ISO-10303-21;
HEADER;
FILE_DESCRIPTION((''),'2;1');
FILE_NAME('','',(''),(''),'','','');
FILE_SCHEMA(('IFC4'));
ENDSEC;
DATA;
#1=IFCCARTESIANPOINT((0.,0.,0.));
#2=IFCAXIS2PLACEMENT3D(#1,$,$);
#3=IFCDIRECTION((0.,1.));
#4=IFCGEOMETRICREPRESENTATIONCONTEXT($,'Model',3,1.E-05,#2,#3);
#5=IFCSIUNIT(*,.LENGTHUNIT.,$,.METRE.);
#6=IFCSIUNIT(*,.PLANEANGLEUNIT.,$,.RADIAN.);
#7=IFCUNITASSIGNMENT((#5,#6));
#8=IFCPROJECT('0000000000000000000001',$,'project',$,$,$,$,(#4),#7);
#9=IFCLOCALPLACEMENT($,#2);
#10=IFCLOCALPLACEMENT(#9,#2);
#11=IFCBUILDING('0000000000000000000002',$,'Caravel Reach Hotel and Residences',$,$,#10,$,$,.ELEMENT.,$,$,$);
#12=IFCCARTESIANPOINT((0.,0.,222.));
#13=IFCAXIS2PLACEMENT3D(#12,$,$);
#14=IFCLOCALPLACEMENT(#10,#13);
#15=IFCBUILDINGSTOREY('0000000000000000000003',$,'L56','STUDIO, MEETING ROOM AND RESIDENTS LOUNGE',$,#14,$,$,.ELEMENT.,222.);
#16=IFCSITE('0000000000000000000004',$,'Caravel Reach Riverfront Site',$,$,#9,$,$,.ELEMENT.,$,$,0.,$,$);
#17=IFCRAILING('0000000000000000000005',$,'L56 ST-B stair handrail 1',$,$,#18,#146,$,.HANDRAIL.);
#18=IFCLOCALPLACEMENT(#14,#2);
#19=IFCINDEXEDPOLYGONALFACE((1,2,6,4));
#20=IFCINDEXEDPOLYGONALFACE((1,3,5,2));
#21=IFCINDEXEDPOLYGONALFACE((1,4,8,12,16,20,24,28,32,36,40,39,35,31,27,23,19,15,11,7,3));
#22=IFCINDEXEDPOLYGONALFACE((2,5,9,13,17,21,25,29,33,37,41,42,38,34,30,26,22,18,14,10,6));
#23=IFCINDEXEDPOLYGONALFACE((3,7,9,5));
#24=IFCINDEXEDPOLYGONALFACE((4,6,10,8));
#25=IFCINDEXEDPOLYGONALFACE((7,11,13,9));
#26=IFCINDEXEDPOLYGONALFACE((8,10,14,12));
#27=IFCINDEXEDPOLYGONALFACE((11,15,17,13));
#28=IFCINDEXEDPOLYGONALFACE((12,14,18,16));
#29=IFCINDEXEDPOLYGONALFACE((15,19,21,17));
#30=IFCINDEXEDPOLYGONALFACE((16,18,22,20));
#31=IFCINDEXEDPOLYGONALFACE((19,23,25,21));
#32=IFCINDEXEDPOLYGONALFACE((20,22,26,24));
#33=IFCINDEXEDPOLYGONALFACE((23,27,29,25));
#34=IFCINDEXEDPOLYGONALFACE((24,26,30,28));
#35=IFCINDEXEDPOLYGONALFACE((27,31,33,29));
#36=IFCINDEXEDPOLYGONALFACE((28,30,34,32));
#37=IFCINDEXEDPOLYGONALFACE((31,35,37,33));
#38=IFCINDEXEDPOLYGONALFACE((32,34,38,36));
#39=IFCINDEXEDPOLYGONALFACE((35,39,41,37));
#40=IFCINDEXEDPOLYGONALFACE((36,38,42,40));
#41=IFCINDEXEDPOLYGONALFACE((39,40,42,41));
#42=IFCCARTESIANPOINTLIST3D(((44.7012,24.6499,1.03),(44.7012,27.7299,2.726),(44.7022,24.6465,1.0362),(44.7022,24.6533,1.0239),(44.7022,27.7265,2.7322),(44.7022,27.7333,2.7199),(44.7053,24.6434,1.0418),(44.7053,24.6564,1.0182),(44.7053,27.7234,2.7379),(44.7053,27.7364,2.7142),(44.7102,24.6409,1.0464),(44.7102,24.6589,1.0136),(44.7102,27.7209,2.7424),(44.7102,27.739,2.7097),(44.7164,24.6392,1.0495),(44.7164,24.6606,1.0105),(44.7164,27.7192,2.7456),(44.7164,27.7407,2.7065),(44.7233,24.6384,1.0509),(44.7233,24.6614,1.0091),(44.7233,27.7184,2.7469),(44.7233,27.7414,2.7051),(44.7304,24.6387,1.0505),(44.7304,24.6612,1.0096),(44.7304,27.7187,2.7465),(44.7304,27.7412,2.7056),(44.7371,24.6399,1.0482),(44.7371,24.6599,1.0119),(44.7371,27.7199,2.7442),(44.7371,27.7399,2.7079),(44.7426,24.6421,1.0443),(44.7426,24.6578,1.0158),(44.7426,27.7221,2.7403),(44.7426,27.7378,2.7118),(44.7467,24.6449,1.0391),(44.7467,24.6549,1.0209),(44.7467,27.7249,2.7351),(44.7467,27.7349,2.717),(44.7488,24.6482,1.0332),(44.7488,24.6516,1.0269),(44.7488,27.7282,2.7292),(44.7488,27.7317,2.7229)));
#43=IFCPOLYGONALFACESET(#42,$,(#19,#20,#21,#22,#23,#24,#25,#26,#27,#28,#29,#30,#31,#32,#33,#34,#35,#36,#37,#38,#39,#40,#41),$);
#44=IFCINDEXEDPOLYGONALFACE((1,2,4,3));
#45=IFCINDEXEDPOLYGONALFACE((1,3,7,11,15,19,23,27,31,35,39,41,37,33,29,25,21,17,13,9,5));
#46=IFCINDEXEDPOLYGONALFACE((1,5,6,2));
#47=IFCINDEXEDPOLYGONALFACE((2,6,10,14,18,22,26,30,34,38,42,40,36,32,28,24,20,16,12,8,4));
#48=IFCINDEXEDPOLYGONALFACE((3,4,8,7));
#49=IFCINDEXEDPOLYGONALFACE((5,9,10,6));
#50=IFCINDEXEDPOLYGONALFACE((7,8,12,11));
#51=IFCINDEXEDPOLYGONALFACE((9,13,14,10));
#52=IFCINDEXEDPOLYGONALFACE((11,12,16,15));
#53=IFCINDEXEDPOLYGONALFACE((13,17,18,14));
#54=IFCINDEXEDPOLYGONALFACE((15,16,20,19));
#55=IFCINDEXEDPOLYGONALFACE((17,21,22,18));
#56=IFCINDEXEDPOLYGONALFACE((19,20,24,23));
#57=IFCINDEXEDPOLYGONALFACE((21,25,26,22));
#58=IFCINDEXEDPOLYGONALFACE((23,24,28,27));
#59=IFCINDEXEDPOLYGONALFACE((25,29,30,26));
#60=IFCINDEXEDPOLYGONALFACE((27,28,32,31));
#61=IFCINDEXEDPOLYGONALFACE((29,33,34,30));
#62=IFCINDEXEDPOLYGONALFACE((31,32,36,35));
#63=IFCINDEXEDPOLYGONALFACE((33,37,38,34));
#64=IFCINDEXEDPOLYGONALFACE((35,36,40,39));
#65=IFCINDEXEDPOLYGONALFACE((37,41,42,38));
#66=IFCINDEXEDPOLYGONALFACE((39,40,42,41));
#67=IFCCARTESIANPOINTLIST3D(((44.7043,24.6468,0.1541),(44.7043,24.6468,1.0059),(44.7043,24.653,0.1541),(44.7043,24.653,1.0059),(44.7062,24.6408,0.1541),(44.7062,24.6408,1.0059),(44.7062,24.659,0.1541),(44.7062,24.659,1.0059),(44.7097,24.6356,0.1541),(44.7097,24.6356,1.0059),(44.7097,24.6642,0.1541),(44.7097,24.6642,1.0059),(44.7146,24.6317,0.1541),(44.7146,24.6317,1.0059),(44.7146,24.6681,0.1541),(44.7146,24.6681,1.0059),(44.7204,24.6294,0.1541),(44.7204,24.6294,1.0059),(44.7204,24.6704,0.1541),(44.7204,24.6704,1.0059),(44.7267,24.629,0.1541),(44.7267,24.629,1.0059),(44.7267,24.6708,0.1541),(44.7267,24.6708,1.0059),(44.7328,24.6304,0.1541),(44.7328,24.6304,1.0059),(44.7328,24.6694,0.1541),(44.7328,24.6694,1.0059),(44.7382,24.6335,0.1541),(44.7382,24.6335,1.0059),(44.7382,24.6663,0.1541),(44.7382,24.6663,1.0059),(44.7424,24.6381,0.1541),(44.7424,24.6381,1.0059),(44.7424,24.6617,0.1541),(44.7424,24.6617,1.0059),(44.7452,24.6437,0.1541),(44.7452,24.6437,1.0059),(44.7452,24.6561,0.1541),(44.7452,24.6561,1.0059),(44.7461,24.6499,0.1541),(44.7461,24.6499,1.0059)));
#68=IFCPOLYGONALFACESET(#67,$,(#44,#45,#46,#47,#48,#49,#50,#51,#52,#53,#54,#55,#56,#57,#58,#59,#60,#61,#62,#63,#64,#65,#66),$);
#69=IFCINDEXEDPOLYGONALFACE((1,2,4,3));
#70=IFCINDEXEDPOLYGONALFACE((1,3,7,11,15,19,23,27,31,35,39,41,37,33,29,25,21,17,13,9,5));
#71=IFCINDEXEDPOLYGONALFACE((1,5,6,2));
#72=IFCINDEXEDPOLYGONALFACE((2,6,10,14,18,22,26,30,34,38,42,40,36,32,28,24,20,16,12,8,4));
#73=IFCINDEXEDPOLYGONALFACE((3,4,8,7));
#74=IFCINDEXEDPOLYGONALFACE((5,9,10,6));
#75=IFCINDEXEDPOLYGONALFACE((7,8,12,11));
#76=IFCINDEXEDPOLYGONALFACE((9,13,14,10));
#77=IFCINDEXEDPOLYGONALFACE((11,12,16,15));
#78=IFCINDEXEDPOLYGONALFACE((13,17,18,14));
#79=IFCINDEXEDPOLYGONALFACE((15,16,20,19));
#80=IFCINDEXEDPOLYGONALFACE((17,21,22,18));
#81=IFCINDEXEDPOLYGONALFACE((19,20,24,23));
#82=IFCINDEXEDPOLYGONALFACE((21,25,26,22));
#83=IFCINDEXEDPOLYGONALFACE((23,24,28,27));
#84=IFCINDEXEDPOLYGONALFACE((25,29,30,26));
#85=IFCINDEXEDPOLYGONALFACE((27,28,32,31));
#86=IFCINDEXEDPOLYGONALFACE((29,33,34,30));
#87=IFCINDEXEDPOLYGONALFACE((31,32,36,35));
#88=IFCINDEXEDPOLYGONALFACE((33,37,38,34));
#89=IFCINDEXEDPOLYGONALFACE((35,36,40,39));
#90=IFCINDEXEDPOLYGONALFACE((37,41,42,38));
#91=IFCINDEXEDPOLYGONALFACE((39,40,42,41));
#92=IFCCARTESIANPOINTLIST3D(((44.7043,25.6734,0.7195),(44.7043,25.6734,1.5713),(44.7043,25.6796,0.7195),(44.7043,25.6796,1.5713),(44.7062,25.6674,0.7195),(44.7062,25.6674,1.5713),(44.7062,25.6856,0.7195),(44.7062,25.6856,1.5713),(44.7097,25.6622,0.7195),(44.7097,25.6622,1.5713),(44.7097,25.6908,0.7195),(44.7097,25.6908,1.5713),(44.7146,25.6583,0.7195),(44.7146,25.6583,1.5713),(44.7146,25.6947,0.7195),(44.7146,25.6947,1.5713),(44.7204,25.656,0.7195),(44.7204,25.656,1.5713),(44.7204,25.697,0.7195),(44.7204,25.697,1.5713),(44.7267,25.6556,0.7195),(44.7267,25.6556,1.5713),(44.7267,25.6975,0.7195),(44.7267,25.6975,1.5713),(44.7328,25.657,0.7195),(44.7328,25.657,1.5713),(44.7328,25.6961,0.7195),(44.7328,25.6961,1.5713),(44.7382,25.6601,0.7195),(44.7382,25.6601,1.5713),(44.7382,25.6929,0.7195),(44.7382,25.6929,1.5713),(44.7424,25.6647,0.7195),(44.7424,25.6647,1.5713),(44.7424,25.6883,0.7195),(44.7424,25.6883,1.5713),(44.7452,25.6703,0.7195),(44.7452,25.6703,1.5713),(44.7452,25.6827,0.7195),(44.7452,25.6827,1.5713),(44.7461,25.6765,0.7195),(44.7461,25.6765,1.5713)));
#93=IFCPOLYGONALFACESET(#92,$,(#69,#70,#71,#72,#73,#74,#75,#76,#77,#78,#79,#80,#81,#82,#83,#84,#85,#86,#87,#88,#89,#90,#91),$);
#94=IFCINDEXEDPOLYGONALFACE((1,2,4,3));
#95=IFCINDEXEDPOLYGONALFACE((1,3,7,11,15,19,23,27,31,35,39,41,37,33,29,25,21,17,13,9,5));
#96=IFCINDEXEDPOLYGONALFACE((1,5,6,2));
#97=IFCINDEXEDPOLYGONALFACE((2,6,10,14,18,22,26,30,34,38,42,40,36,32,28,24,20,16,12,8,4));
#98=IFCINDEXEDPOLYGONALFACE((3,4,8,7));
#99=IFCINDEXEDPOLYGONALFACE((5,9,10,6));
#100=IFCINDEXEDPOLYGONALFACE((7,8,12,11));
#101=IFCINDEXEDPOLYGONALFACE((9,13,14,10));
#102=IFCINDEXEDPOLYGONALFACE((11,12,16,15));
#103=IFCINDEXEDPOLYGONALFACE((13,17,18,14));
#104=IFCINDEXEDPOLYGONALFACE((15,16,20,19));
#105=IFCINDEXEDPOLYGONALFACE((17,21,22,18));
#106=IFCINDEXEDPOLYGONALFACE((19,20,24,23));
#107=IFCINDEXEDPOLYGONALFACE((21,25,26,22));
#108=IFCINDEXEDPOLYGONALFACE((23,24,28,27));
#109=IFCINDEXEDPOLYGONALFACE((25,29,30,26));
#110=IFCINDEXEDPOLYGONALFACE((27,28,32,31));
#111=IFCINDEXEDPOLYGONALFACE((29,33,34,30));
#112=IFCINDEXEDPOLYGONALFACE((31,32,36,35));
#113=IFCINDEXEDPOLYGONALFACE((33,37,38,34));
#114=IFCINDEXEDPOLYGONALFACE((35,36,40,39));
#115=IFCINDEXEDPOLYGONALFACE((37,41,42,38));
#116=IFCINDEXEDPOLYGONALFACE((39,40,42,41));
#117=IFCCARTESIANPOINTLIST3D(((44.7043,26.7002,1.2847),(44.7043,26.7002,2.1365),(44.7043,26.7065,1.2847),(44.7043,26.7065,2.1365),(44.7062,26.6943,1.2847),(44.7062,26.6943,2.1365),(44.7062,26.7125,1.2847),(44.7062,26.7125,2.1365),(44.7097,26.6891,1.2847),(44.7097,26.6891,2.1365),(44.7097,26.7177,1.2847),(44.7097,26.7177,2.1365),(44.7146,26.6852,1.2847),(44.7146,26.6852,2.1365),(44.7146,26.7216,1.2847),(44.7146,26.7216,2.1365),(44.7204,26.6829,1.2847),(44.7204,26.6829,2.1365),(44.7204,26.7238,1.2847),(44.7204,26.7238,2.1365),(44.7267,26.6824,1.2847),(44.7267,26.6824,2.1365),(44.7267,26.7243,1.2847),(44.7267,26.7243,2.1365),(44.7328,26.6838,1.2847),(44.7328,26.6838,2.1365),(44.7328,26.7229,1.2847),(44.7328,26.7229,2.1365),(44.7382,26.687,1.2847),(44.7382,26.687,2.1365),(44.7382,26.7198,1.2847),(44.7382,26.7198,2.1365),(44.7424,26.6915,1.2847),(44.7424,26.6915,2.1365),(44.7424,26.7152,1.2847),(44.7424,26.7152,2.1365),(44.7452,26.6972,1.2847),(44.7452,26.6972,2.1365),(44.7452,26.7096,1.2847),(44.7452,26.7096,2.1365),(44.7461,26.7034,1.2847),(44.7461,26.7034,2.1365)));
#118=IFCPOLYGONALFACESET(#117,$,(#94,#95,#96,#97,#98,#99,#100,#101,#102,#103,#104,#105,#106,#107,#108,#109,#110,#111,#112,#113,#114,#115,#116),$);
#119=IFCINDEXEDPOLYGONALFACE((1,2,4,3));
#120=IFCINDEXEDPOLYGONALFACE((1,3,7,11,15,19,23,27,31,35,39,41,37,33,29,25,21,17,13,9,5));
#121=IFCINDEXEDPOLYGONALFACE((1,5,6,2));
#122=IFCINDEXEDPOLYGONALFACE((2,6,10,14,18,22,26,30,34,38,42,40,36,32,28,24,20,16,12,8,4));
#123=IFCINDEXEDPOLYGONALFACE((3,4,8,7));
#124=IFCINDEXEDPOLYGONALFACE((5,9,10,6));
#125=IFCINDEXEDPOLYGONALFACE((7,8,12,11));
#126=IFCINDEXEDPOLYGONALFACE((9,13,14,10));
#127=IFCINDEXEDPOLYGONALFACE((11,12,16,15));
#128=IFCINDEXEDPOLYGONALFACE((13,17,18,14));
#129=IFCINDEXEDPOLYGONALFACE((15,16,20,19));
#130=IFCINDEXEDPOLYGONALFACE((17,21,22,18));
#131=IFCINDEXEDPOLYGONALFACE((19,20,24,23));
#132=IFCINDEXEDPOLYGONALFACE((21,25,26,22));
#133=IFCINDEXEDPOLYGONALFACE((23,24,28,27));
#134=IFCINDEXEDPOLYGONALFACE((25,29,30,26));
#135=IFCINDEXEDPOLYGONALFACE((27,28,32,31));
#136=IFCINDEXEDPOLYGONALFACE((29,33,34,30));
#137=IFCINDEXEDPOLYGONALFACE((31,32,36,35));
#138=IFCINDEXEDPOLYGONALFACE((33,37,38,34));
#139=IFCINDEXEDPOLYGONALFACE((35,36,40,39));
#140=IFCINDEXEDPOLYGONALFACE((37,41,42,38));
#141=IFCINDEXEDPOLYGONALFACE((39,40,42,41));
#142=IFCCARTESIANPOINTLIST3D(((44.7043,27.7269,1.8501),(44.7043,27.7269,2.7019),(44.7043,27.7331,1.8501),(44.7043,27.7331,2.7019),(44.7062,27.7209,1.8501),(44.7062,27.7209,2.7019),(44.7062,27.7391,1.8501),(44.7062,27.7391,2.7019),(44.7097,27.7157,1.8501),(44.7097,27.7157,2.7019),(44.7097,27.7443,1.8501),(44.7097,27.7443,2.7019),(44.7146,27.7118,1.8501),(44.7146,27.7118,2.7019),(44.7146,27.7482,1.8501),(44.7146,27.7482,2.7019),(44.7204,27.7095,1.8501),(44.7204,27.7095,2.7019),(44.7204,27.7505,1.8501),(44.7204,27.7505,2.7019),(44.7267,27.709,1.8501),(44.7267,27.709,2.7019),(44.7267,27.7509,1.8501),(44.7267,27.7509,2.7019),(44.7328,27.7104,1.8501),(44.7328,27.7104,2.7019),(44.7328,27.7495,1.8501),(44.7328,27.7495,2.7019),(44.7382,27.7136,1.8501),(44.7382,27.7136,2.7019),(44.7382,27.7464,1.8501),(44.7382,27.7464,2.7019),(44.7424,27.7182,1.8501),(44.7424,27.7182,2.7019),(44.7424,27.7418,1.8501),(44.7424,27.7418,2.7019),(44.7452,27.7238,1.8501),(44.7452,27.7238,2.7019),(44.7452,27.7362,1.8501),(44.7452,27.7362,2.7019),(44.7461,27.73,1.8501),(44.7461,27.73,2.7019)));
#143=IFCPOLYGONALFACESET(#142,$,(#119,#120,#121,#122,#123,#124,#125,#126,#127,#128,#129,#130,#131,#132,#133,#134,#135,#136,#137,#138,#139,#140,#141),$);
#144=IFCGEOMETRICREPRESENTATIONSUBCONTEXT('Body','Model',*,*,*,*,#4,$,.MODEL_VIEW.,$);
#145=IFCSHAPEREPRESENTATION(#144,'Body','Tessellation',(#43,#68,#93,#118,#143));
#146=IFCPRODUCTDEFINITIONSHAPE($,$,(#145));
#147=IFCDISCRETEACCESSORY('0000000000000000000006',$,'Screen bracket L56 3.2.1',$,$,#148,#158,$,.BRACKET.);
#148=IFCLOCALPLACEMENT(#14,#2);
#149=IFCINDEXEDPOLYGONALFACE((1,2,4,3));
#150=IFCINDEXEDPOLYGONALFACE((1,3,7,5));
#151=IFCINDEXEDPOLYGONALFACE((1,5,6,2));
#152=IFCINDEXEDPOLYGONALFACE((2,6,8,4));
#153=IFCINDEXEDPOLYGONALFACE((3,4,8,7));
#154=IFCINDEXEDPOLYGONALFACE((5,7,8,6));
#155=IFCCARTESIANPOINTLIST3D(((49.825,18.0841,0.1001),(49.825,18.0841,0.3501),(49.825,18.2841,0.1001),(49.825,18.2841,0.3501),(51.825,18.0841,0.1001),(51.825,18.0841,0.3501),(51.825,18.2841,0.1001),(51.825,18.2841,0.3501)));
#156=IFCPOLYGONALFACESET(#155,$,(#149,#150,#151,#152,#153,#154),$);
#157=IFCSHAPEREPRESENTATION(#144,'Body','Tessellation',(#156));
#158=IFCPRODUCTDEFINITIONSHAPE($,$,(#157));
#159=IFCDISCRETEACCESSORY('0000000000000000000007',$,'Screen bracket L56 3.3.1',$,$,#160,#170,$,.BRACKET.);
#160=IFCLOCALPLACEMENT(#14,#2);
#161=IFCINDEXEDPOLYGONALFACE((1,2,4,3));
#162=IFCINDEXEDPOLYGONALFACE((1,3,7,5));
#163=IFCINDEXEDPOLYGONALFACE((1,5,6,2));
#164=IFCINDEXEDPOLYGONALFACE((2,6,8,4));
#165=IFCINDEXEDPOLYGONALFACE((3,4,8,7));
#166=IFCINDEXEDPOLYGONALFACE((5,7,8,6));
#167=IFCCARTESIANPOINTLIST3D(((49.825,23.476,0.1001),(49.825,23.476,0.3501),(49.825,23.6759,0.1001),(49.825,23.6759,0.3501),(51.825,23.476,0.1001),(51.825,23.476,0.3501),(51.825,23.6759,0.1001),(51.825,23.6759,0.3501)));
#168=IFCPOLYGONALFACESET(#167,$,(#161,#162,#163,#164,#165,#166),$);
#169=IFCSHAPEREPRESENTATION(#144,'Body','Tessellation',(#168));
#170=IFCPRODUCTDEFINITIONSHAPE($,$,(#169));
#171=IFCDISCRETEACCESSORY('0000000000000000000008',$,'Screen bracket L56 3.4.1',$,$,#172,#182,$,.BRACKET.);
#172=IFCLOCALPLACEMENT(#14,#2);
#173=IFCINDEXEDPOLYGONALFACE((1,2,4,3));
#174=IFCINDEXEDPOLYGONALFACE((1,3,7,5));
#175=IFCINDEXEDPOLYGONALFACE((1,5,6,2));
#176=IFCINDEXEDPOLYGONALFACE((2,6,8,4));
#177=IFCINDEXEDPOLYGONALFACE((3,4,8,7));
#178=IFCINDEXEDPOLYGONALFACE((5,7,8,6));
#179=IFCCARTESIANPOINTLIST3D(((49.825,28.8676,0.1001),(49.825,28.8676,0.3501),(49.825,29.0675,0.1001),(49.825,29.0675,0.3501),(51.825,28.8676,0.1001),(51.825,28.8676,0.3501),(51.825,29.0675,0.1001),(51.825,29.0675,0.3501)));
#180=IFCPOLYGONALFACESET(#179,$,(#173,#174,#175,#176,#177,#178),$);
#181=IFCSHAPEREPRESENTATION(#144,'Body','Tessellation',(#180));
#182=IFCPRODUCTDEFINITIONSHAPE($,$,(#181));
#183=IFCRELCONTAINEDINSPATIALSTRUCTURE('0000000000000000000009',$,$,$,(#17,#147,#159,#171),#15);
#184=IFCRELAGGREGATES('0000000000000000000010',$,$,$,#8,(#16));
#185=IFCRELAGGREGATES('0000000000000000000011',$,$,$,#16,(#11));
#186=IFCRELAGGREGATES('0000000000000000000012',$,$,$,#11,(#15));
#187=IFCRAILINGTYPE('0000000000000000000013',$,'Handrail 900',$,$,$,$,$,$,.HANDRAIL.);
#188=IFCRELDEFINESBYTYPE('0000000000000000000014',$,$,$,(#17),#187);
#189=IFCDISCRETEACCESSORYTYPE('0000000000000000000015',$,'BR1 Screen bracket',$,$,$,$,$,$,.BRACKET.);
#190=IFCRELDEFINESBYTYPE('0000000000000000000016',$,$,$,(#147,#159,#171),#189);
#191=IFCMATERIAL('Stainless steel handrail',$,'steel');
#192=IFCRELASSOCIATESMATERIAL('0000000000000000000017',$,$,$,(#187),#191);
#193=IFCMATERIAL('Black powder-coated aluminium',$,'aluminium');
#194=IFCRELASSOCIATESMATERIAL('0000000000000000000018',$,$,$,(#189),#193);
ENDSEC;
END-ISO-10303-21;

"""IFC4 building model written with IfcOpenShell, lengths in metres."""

from ifc_helpers import new_model, si_unit, direction, frame, origin, origin_2d, place, context, subcontext, project, spatial, rectangle, circle, extrude, material, type_object, element, save


model = new_model("IFC4")

# Units and contexts
model_context = context("Model", 3, precision=1e-05, world=origin(), true_north=direction((0.0, 1.0)))
body_context = subcontext(model_context, "Body", "Model", "MODEL_VIEW")
ifc_project = project(units=[si_unit("LENGTHUNIT", "METRE"), si_unit("PLANEANGLEUNIT", "RADIAN")], contexts=[model_context])

# Site, building, storey
site_placement = place(None, origin())
site = spatial("IfcSite", under=ifc_project, at=site_placement, Name="Caravel Reach Riverfront Site", CompositionType="ELEMENT", RefElevation=0.0)
building_placement = place(site_placement, origin())
building = spatial("IfcBuilding", under=site, at=building_placement, Name="Caravel Reach Hotel and Residences", CompositionType="ELEMENT")
storey_placement = place(building_placement, frame((0.0, 0.0, 222.0)))
storey = spatial("IfcBuildingStorey", under=building, at=storey_placement, Name="L56", Description="STUDIO, MEETING ROOM AND RESIDENTS LOUNGE", CompositionType="ELEMENT", Elevation=222.0)

# Railing
ifc_material_1 = material(Name="Stainless steel handrail", Category="steel")
railing_type = type_object("IfcRailingType", Name="Handrail 900", PredefinedType="HANDRAIL", material=ifc_material_1)
railing_placement = place(storey_placement, frame((44.7251, 24.6499, 0.1541)))
element("IfcRailing", 1, at=railing_placement, inside=storey, type_object=railing_type, Name="L56 ST-B stair handrail 1", PredefinedType="HANDRAIL", context=body_context, shape_type="SweptSolid", body=[
    extrude(circle(Radius=0.0239, at=origin_2d()), frame((0.0, 0.0, 0.876), z_axis=(0.0, 0.875975, 0.482356), x_axis=(-1.0, 0.0, 0.0)), (0.0, 0.0, 1.0), 3.5161),
    extrude(circle(Radius=0.021, at=origin_2d()), origin(), (0.0, 0.0, 1.0), 0.8518),
    extrude(circle(Radius=0.021, at=origin_2d()), frame((0.0, 1.0266, 0.5654)), (0.0, 0.0, 1.0), 0.8518),
    extrude(circle(Radius=0.021, at=origin_2d()), frame((0.0, 2.0535, 1.1306)), (0.0, 0.0, 1.0), 0.8518),
    extrude(circle(Radius=0.021, at=origin_2d()), frame((0.0, 3.0801, 1.696)), (0.0, 0.0, 1.0), 0.8518),
])

# Discrete accessories
ifc_material_2 = material(Name="Black powder-coated aluminium", Category="aluminium")
discrete_accessory_type = type_object("IfcDiscreteAccessoryType", Name="BR1 Screen bracket", PredefinedType="BRACKET", material=ifc_material_2)
for number, where, z_axis, x_axis, name in (
    (2, (50.825, 18.1841, 0.1001), (0.0, 0.0, 1.0), (1.0, 0.0, 0.0), "Screen bracket L56 3.2.1"),
    (3, (50.825, 23.5759, 0.1001), (0.0, 0.0, 1.0), (1.0, 0.0, 0.0), "Screen bracket L56 3.3.1"),
    (4, (50.825, 28.9675, 0.1001), (0.0, 0.0, 1.0), (1.0, 0.0, 0.0), "Screen bracket L56 3.4.1"),
):
    element("IfcDiscreteAccessory", number, at=place(storey_placement, frame(where, z_axis=z_axis, x_axis=x_axis)), inside=storey, type_object=discrete_accessory_type, Name=name, PredefinedType="BRACKET", context=body_context, shape_type="SweptSolid", body=[
        extrude(rectangle(XDim=2.0, YDim=0.2, at=origin_2d()), origin(), (0.0, 0.0, 1.0), 0.25),
    ])

save(model, "model.ifc")
